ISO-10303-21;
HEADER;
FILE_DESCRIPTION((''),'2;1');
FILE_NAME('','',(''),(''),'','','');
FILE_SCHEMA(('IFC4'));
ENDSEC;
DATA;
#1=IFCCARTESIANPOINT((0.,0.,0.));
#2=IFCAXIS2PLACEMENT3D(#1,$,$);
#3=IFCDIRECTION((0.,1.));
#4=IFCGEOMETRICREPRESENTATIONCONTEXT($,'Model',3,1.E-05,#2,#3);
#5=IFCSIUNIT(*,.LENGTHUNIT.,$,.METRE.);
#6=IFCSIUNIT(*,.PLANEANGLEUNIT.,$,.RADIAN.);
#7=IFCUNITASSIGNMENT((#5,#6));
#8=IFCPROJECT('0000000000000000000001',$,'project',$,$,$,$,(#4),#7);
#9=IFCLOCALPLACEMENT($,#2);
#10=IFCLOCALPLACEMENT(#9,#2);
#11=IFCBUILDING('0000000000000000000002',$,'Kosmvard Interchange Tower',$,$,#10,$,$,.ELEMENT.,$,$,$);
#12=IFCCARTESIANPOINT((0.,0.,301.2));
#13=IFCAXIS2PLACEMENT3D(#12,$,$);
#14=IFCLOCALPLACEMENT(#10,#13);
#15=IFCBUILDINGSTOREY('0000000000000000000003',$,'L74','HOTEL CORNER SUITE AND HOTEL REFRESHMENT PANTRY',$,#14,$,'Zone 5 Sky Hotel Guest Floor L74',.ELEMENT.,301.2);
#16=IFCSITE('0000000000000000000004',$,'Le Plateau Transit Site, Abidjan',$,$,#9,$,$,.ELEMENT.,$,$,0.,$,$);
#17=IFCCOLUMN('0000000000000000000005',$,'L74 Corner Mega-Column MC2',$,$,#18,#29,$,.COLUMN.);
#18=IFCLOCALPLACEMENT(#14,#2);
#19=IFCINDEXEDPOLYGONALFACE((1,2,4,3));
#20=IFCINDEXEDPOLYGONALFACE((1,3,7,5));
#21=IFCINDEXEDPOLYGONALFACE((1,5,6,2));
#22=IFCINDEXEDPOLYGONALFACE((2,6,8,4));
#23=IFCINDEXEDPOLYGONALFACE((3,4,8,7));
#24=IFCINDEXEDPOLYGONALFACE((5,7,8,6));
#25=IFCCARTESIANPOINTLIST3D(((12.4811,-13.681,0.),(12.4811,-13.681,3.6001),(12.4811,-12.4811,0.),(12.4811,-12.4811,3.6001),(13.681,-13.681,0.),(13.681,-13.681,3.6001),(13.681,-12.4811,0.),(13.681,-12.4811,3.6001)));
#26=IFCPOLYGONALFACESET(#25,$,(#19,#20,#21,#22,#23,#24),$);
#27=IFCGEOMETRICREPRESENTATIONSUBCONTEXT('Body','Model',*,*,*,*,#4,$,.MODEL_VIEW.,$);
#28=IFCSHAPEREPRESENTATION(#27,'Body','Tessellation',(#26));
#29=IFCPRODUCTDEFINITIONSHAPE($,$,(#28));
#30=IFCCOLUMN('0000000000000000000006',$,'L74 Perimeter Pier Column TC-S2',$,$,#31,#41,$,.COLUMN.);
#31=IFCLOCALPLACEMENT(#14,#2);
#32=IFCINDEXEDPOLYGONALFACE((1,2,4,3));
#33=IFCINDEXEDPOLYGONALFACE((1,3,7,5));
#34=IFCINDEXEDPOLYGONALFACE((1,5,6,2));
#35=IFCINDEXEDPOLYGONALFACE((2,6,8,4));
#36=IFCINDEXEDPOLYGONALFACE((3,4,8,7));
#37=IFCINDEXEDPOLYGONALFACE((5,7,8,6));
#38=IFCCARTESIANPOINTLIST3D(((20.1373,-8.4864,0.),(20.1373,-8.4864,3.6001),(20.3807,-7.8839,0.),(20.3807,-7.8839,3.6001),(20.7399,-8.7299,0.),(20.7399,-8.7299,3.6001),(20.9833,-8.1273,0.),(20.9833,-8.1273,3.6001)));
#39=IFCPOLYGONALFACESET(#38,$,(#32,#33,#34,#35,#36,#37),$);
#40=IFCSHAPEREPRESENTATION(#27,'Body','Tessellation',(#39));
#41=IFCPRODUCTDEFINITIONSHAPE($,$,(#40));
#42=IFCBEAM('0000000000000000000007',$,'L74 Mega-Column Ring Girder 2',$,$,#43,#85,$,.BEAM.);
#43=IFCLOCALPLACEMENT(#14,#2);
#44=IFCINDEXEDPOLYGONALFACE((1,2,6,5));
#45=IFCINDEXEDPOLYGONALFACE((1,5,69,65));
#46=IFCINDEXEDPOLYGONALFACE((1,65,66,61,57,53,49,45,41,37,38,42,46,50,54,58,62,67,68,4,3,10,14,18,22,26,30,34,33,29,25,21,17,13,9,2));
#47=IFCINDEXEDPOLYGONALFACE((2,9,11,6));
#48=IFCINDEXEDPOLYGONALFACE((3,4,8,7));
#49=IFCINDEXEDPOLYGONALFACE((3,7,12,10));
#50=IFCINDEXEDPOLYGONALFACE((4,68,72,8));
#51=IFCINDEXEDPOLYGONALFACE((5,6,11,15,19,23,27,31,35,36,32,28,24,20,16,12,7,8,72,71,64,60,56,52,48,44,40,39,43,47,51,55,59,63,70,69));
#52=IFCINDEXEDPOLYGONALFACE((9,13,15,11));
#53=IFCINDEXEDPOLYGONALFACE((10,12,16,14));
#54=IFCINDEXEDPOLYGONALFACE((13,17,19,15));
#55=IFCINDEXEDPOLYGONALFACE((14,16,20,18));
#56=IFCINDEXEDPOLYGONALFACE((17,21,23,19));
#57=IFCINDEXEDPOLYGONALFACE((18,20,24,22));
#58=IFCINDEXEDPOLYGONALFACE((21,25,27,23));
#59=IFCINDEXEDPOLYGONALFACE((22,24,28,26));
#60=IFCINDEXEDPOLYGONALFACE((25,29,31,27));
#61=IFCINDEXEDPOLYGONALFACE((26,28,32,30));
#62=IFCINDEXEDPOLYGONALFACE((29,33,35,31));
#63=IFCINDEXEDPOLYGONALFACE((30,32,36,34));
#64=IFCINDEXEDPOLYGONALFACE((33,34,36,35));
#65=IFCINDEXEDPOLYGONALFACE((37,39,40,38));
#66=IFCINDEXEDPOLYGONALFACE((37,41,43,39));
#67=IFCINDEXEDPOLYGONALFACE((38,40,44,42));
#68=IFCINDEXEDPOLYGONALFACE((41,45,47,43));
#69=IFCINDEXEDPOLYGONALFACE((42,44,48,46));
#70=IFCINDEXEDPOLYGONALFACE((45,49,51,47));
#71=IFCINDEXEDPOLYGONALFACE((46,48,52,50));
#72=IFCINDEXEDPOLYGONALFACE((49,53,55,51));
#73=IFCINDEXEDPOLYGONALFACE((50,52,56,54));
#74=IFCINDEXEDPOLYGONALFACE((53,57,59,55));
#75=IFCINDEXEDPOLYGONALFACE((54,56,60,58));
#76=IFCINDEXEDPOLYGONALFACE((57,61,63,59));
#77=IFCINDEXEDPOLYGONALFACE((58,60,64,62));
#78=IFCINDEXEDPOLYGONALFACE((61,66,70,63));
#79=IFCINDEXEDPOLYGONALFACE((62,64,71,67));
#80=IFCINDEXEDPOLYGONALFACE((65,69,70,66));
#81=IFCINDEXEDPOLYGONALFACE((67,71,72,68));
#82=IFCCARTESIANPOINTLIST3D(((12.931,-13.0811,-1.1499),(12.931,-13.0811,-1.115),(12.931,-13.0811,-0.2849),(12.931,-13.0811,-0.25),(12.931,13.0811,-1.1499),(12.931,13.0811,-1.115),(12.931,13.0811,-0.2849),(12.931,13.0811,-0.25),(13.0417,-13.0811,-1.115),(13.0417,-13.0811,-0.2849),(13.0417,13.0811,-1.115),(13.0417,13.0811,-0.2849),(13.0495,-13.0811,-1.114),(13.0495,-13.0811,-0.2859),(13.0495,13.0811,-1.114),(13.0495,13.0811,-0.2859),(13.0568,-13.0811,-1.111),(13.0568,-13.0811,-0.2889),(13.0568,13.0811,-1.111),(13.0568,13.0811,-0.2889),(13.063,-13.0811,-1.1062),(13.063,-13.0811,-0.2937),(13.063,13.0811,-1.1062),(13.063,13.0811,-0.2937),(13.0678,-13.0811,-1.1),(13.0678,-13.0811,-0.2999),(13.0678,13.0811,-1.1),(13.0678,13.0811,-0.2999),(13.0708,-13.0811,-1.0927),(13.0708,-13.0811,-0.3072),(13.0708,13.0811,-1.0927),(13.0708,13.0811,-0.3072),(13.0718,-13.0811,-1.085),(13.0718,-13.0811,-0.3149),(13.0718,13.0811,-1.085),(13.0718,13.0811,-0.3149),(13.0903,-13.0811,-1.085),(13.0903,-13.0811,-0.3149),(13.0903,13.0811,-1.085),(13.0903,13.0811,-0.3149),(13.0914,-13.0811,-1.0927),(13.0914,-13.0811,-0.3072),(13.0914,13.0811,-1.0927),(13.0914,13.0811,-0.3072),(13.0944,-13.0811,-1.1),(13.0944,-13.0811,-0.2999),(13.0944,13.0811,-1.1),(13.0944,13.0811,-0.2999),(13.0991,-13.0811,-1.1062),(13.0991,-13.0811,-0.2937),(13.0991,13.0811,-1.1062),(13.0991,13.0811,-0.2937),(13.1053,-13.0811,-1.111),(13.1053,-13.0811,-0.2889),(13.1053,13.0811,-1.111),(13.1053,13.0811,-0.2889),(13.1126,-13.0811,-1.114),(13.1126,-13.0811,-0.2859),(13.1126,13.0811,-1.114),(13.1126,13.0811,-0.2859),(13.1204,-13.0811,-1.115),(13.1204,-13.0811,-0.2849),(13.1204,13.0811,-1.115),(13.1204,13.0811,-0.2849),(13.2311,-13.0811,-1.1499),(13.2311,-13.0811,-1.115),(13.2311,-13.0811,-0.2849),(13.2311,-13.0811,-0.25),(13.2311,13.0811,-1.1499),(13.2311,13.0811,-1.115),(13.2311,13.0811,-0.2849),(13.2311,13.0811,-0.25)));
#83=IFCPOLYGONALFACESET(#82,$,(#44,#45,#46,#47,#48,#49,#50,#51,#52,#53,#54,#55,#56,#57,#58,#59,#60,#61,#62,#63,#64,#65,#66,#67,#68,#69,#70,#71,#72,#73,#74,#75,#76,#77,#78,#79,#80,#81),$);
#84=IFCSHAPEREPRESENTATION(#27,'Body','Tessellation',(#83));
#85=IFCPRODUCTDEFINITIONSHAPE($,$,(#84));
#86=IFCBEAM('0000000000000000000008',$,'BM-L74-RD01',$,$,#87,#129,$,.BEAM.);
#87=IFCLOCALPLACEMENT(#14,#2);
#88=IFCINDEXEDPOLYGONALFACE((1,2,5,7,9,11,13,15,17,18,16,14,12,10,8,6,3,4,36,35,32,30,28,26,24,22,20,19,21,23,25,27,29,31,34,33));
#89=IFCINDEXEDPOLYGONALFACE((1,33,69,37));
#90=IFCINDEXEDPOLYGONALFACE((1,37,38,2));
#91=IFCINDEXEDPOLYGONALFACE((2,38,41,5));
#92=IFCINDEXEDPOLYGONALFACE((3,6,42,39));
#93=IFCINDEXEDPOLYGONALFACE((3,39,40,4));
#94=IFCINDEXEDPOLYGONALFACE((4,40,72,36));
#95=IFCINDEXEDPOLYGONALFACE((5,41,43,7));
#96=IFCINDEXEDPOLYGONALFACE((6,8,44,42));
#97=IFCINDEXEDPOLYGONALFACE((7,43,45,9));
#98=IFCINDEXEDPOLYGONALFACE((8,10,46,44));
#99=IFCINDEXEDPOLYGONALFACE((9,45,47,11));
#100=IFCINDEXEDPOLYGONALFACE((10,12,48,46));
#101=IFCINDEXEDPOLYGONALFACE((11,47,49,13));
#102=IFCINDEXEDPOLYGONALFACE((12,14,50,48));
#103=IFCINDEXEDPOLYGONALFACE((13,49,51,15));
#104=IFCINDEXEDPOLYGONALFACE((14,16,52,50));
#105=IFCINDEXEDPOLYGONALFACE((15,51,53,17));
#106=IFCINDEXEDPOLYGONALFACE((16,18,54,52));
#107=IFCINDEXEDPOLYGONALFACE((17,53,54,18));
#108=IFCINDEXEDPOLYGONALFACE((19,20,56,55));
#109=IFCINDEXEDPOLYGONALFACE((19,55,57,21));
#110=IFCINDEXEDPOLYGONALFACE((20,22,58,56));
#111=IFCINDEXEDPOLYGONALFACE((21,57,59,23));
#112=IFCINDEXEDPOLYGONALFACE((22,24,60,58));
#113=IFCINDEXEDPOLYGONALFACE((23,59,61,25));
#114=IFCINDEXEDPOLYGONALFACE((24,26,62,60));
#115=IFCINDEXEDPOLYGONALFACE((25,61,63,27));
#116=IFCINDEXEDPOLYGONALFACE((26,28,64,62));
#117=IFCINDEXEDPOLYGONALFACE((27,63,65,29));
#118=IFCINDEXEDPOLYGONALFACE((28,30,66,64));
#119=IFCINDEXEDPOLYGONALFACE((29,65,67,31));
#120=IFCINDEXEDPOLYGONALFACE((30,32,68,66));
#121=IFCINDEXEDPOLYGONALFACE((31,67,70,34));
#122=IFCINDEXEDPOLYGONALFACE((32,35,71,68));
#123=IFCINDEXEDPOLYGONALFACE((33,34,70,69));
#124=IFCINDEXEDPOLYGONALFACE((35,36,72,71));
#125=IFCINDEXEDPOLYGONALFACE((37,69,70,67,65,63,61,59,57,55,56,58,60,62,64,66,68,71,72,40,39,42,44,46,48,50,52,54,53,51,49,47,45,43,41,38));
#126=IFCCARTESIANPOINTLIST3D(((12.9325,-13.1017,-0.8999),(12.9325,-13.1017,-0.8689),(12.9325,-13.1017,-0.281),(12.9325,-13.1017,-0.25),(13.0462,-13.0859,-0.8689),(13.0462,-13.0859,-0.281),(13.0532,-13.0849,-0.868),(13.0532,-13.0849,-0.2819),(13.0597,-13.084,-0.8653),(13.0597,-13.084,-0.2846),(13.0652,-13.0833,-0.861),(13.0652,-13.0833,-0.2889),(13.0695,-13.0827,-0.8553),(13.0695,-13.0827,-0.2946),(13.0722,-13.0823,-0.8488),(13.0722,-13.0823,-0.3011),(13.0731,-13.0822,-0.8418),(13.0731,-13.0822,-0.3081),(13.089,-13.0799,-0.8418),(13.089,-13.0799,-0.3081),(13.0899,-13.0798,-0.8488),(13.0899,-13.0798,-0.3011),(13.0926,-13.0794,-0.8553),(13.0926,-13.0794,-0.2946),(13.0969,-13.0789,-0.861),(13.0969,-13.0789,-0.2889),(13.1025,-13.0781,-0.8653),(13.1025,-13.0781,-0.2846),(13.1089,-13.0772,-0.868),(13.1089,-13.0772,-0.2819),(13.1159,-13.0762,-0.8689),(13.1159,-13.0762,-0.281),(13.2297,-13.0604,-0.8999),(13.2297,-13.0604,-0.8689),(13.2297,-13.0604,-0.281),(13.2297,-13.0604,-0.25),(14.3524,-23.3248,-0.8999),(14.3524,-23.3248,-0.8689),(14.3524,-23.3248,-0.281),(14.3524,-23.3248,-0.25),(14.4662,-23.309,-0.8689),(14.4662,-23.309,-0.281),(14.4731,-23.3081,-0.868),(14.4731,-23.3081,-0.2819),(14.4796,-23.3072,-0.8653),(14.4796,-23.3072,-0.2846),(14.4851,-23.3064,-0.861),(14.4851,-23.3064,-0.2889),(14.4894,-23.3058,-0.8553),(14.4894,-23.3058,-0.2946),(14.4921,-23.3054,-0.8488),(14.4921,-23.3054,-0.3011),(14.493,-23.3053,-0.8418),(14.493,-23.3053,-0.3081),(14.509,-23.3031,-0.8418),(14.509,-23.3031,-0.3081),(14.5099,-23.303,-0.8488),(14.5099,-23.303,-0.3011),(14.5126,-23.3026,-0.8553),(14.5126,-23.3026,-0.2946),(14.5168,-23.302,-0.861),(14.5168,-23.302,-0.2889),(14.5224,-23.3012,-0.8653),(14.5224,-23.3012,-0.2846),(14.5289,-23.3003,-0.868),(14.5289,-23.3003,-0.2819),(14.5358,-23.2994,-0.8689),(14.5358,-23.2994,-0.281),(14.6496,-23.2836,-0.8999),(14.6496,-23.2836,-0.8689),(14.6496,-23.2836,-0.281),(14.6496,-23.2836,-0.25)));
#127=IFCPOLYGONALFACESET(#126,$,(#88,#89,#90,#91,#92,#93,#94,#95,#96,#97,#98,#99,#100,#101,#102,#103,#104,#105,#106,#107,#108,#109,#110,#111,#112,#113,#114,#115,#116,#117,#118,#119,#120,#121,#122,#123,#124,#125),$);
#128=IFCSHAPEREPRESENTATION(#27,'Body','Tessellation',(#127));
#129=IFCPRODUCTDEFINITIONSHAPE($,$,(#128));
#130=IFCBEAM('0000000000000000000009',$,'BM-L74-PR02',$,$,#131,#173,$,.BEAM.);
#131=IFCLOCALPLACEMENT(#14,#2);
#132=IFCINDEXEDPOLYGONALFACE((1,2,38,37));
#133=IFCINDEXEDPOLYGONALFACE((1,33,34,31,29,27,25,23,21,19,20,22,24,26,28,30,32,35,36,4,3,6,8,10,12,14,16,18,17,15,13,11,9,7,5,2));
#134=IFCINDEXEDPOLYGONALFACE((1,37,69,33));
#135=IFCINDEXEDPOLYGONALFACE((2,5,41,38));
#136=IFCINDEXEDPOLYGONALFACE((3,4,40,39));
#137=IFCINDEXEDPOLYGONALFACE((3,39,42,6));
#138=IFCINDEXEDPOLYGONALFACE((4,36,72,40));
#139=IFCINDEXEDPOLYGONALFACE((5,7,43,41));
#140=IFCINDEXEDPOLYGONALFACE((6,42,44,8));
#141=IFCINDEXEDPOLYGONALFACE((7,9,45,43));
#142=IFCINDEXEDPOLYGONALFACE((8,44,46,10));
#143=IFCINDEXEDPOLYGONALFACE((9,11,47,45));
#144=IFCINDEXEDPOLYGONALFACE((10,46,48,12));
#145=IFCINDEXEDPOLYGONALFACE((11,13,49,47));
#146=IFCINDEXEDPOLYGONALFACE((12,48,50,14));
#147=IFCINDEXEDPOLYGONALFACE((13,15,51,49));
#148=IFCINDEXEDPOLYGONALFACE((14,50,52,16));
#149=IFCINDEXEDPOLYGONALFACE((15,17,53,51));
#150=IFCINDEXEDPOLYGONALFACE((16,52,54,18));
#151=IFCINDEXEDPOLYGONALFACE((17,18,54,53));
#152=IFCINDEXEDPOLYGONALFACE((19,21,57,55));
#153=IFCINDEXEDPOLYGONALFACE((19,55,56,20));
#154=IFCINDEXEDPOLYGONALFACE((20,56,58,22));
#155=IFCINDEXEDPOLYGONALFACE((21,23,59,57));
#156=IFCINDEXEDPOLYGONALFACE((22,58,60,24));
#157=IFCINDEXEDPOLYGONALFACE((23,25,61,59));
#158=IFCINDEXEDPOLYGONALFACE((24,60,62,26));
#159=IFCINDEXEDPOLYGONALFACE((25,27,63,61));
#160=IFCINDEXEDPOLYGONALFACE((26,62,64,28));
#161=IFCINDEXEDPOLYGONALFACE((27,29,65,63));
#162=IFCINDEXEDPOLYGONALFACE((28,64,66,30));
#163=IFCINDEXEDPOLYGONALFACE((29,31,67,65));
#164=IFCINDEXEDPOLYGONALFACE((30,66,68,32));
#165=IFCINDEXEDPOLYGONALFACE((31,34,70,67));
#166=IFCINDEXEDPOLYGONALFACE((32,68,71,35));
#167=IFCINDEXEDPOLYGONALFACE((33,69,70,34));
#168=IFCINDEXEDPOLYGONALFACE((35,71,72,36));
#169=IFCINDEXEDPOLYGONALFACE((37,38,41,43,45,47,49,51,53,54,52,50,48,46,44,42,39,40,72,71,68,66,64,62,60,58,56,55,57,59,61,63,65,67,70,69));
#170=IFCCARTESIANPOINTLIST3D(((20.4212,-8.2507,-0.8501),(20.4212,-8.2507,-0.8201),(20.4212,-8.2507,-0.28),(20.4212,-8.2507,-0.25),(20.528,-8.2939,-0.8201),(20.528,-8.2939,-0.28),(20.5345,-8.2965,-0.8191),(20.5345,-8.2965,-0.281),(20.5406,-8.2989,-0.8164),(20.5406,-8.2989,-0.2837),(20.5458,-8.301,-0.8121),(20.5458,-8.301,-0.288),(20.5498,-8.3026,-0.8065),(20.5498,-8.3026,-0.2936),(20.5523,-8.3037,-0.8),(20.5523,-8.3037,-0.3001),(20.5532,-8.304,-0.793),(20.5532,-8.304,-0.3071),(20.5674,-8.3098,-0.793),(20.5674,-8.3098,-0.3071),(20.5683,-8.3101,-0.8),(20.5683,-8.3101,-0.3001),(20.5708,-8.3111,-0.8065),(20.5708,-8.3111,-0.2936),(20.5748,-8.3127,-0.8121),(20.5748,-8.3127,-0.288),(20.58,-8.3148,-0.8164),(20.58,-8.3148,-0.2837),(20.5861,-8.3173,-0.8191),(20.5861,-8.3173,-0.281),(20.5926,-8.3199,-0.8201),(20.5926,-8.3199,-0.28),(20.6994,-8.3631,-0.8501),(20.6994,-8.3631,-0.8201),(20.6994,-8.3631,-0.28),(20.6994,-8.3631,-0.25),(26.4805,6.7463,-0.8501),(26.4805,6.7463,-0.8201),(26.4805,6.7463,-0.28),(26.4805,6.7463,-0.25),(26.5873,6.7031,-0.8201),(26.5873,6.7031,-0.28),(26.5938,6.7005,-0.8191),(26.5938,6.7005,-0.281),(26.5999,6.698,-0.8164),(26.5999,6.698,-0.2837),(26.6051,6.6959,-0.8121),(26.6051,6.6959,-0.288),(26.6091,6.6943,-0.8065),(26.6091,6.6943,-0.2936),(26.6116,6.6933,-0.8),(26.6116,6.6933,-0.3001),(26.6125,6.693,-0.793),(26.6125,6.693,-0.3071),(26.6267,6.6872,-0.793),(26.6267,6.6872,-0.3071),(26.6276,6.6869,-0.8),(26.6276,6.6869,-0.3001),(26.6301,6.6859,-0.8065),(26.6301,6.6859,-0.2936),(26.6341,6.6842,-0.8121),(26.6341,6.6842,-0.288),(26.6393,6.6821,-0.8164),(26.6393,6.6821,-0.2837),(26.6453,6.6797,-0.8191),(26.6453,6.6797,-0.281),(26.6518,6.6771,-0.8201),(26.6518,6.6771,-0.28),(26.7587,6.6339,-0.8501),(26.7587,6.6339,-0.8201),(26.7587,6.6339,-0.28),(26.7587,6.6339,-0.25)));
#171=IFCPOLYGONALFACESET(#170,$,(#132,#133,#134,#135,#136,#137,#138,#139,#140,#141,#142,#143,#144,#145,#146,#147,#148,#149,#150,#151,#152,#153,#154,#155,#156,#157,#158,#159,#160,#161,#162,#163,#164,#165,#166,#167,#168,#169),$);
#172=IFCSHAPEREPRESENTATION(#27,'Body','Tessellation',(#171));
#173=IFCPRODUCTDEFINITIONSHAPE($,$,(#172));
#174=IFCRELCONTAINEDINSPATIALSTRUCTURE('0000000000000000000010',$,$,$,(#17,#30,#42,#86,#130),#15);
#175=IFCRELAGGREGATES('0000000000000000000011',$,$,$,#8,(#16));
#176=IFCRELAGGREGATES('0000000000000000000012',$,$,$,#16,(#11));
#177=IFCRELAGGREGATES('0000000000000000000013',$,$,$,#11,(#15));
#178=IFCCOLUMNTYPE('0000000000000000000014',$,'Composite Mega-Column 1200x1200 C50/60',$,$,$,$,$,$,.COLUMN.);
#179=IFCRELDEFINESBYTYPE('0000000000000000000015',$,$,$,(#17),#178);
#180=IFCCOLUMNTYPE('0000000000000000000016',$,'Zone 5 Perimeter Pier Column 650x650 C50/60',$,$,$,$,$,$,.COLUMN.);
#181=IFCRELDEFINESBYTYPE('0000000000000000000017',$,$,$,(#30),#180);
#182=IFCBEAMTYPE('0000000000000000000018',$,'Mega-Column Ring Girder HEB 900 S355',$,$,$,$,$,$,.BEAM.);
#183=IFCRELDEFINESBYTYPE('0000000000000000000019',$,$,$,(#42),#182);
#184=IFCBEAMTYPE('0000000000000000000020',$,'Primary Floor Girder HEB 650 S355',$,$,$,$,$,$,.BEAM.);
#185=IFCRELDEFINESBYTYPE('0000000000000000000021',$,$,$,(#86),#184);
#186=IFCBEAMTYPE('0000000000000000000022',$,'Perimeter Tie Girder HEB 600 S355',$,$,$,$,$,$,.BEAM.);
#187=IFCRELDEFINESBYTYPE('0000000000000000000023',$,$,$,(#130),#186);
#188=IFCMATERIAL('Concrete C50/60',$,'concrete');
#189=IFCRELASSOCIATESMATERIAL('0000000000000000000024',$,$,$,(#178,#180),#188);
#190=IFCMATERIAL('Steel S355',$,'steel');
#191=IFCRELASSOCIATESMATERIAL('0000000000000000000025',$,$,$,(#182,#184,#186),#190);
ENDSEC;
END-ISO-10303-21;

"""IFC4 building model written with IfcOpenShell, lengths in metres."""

from ifc_helpers import new_model, si_unit, direction, frame, origin, origin_2d, place, context, subcontext, project, spatial, rectangle, i_section, extrude, source, transform, mapped, material, material_profile, profile_set, type_object, element, save


model = new_model("IFC4")

# Units and contexts
model_context = context("Model", 3, precision=1e-05, world=origin(), true_north=direction((0.0, 1.0)))
body_context = subcontext(model_context, "Body", "Model", "MODEL_VIEW")
ifc_project = project(units=[si_unit("LENGTHUNIT", "METRE"), si_unit("PLANEANGLEUNIT", "RADIAN")], contexts=[model_context])

# Site, building, storey
site_placement = place(None, origin())
site = spatial("IfcSite", under=ifc_project, at=site_placement, Name="Le Plateau Transit Site, Abidjan", CompositionType="ELEMENT", RefElevation=0.0)
building_placement = place(site_placement, origin())
building = spatial("IfcBuilding", under=site, at=building_placement, Name="Kosmvard Interchange Tower", CompositionType="ELEMENT")
storey_placement = place(building_placement, frame((0.0, 0.0, 301.2)))
storey = spatial("IfcBuildingStorey", under=building, at=storey_placement, Name="L74", Description="HOTEL CORNER SUITE AND HOTEL REFRESHMENT PANTRY", LongName="Zone 5 Sky Hotel Guest Floor L74", CompositionType="ELEMENT", Elevation=301.2)

# Columns
ifc_material_1 = material(Name="Concrete C50/60", Category="concrete")
ifc_material_profile_1 = material_profile(ifc_material_1, rectangle(XDim=1.2, YDim=1.2, at=origin_2d()), Name="MC 1200x1200")
ifc_profile_set_1 = profile_set([ifc_material_profile_1], Name="Concrete C50/60")
column_type_1 = type_object("IfcColumnType", Name="Composite Mega-Column 1200x1200 C50/60", PredefinedType="COLUMN", material=ifc_profile_set_1)
shared_shape_1 = source(origin(), body_context, "Body", "SweptSolid", [
    extrude(rectangle(XDim=1.2, YDim=1.2, at=origin_2d()), origin(), (0.0, 0.0, 1.0), 3.6001),
])
column_1_placement = place(storey_placement, frame((13.0811, -13.0811, 0.0), z_axis=(0.0, 0.0, 1.0), x_axis=(1.0, 0.0, 0.0)))
element("IfcColumn", 1, at=column_1_placement, inside=storey, type_object=column_type_1, Name="L74 Corner Mega-Column MC2", PredefinedType="COLUMN", context=body_context, shape_type="MappedRepresentation", body=[
    mapped(shared_shape_1, transform((0.0, 0.0, 0.0), scale=1.0)),
])
ifc_material_profile_2 = material_profile(ifc_material_1, rectangle(XDim=0.6499, YDim=0.6499, at=origin_2d()), Name="TC 650x650")
ifc_profile_set_2 = profile_set([ifc_material_profile_2], Name="Concrete C50/60")
column_type_2 = type_object("IfcColumnType", Name="Zone 5 Perimeter Pier Column 650x650 C50/60", PredefinedType="COLUMN", material=ifc_profile_set_2)
shared_shape_2 = source(origin(), body_context, "Body", "SweptSolid", [
    extrude(rectangle(XDim=0.6499, YDim=0.6499, at=origin_2d()), origin(), (0.0, 0.0, 1.0), 3.6001),
])
column_2_placement = place(storey_placement, frame((20.5603, -8.3069, 0.0), z_axis=(0.0, 0.0, 1.0), x_axis=(0.374607, 0.927184, 0.0)))
element("IfcColumn", 2, at=column_2_placement, inside=storey, type_object=column_type_2, Name="L74 Perimeter Pier Column TC-S2", PredefinedType="COLUMN", context=body_context, shape_type="MappedRepresentation", body=[
    mapped(shared_shape_2, transform((0.0, 0.0, 0.0), scale=1.0)),
])

# Beams
ifc_material_2 = material(Name="Steel S355", Category="steel")
ifc_material_profile_3 = material_profile(ifc_material_2, i_section(OverallWidth=0.3, OverallDepth=0.8999, WebThickness=0.0186, FlangeThickness=0.0349, FilletRadius=0.03, at=origin_2d()), Name="HEB 900")
ifc_profile_set_3 = profile_set([ifc_material_profile_3], Name="Steel S355")
beam_type_1 = type_object("IfcBeamType", Name="Mega-Column Ring Girder HEB 900 S355", PredefinedType="BEAM", material=ifc_profile_set_3)
shared_shape_3 = source(origin(), body_context, "Body", "SweptSolid", [
    extrude(i_section(OverallWidth=0.3, OverallDepth=0.8999, WebThickness=0.0186, FlangeThickness=0.0349, FilletRadius=0.03, at=origin_2d()), origin(), (0.0, 0.0, 1.0), 26.1621),
])
beam_1_placement = place(storey_placement, frame((13.0811, -13.0811, -0.7), z_axis=(0.0, 1.0, 0.0), x_axis=(-1.0, 0.0, 0.0)))
element("IfcBeam", 3, at=beam_1_placement, inside=storey, type_object=beam_type_1, Name="L74 Mega-Column Ring Girder 2", PredefinedType="BEAM", context=body_context, shape_type="MappedRepresentation", body=[
    mapped(shared_shape_3, transform((0.0, 0.0, 0.0), scale=1.0)),
])
ifc_material_profile_4 = material_profile(ifc_material_2, i_section(OverallWidth=0.3, OverallDepth=0.6499, WebThickness=0.0161, FlangeThickness=0.031, FilletRadius=0.0271, at=origin_2d()), Name="HEB 650")
ifc_profile_set_4 = profile_set([ifc_material_profile_4], Name="Steel S355")
beam_type_2 = type_object("IfcBeamType", Name="Primary Floor Girder HEB 650 S355", PredefinedType="BEAM", material=ifc_profile_set_4)
shared_shape_4 = source(origin(), body_context, "Body", "SweptSolid", [
    extrude(i_section(OverallWidth=0.3, OverallDepth=0.6499, WebThickness=0.0161, FlangeThickness=0.031, FilletRadius=0.0271, at=origin_2d()), origin(), (0.0, 0.0, 1.0), 10.3213),
])
beam_2_placement = place(storey_placement, frame((13.0811, -13.0811, -0.575), z_axis=(0.137572, -0.990492, 0.0), x_axis=(0.990492, 0.137572, 0.0)))
element("IfcBeam", 4, at=beam_2_placement, inside=storey, type_object=beam_type_2, Name="BM-L74-RD01", PredefinedType="BEAM", context=body_context, shape_type="MappedRepresentation", body=[
    mapped(shared_shape_4, transform((0.0, 0.0, 0.0), scale=1.0)),
])
ifc_material_profile_5 = material_profile(ifc_material_2, i_section(OverallWidth=0.3, OverallDepth=0.6001, WebThickness=0.0154, FlangeThickness=0.03, FilletRadius=0.0271, at=origin_2d()), Name="HEB 600")
ifc_profile_set_5 = profile_set([ifc_material_profile_5], Name="Steel S355")
beam_type_3 = type_object("IfcBeamType", Name="Perimeter Tie Girder HEB 600 S355", PredefinedType="BEAM", material=ifc_profile_set_5)
shared_shape_5 = source(origin(), body_context, "Body", "SweptSolid", [
    extrude(i_section(OverallWidth=0.3, OverallDepth=0.6001, WebThickness=0.0154, FlangeThickness=0.03, FilletRadius=0.0271, at=origin_2d()), origin(), (0.0, 0.0, 1.0), 16.1748),
])
beam_3_placement = place(storey_placement, frame((20.5603, -8.3069, -0.55), z_axis=(0.374613, 0.927181, 0.0), x_axis=(-0.927181, 0.374613, 0.0)))
element("IfcBeam", 5, at=beam_3_placement, inside=storey, type_object=beam_type_3, Name="BM-L74-PR02", PredefinedType="BEAM", context=body_context, shape_type="MappedRepresentation", body=[
    mapped(shared_shape_5, transform((0.0, 0.0, 0.0), scale=1.0)),
])

save(model, "model.ifc")
